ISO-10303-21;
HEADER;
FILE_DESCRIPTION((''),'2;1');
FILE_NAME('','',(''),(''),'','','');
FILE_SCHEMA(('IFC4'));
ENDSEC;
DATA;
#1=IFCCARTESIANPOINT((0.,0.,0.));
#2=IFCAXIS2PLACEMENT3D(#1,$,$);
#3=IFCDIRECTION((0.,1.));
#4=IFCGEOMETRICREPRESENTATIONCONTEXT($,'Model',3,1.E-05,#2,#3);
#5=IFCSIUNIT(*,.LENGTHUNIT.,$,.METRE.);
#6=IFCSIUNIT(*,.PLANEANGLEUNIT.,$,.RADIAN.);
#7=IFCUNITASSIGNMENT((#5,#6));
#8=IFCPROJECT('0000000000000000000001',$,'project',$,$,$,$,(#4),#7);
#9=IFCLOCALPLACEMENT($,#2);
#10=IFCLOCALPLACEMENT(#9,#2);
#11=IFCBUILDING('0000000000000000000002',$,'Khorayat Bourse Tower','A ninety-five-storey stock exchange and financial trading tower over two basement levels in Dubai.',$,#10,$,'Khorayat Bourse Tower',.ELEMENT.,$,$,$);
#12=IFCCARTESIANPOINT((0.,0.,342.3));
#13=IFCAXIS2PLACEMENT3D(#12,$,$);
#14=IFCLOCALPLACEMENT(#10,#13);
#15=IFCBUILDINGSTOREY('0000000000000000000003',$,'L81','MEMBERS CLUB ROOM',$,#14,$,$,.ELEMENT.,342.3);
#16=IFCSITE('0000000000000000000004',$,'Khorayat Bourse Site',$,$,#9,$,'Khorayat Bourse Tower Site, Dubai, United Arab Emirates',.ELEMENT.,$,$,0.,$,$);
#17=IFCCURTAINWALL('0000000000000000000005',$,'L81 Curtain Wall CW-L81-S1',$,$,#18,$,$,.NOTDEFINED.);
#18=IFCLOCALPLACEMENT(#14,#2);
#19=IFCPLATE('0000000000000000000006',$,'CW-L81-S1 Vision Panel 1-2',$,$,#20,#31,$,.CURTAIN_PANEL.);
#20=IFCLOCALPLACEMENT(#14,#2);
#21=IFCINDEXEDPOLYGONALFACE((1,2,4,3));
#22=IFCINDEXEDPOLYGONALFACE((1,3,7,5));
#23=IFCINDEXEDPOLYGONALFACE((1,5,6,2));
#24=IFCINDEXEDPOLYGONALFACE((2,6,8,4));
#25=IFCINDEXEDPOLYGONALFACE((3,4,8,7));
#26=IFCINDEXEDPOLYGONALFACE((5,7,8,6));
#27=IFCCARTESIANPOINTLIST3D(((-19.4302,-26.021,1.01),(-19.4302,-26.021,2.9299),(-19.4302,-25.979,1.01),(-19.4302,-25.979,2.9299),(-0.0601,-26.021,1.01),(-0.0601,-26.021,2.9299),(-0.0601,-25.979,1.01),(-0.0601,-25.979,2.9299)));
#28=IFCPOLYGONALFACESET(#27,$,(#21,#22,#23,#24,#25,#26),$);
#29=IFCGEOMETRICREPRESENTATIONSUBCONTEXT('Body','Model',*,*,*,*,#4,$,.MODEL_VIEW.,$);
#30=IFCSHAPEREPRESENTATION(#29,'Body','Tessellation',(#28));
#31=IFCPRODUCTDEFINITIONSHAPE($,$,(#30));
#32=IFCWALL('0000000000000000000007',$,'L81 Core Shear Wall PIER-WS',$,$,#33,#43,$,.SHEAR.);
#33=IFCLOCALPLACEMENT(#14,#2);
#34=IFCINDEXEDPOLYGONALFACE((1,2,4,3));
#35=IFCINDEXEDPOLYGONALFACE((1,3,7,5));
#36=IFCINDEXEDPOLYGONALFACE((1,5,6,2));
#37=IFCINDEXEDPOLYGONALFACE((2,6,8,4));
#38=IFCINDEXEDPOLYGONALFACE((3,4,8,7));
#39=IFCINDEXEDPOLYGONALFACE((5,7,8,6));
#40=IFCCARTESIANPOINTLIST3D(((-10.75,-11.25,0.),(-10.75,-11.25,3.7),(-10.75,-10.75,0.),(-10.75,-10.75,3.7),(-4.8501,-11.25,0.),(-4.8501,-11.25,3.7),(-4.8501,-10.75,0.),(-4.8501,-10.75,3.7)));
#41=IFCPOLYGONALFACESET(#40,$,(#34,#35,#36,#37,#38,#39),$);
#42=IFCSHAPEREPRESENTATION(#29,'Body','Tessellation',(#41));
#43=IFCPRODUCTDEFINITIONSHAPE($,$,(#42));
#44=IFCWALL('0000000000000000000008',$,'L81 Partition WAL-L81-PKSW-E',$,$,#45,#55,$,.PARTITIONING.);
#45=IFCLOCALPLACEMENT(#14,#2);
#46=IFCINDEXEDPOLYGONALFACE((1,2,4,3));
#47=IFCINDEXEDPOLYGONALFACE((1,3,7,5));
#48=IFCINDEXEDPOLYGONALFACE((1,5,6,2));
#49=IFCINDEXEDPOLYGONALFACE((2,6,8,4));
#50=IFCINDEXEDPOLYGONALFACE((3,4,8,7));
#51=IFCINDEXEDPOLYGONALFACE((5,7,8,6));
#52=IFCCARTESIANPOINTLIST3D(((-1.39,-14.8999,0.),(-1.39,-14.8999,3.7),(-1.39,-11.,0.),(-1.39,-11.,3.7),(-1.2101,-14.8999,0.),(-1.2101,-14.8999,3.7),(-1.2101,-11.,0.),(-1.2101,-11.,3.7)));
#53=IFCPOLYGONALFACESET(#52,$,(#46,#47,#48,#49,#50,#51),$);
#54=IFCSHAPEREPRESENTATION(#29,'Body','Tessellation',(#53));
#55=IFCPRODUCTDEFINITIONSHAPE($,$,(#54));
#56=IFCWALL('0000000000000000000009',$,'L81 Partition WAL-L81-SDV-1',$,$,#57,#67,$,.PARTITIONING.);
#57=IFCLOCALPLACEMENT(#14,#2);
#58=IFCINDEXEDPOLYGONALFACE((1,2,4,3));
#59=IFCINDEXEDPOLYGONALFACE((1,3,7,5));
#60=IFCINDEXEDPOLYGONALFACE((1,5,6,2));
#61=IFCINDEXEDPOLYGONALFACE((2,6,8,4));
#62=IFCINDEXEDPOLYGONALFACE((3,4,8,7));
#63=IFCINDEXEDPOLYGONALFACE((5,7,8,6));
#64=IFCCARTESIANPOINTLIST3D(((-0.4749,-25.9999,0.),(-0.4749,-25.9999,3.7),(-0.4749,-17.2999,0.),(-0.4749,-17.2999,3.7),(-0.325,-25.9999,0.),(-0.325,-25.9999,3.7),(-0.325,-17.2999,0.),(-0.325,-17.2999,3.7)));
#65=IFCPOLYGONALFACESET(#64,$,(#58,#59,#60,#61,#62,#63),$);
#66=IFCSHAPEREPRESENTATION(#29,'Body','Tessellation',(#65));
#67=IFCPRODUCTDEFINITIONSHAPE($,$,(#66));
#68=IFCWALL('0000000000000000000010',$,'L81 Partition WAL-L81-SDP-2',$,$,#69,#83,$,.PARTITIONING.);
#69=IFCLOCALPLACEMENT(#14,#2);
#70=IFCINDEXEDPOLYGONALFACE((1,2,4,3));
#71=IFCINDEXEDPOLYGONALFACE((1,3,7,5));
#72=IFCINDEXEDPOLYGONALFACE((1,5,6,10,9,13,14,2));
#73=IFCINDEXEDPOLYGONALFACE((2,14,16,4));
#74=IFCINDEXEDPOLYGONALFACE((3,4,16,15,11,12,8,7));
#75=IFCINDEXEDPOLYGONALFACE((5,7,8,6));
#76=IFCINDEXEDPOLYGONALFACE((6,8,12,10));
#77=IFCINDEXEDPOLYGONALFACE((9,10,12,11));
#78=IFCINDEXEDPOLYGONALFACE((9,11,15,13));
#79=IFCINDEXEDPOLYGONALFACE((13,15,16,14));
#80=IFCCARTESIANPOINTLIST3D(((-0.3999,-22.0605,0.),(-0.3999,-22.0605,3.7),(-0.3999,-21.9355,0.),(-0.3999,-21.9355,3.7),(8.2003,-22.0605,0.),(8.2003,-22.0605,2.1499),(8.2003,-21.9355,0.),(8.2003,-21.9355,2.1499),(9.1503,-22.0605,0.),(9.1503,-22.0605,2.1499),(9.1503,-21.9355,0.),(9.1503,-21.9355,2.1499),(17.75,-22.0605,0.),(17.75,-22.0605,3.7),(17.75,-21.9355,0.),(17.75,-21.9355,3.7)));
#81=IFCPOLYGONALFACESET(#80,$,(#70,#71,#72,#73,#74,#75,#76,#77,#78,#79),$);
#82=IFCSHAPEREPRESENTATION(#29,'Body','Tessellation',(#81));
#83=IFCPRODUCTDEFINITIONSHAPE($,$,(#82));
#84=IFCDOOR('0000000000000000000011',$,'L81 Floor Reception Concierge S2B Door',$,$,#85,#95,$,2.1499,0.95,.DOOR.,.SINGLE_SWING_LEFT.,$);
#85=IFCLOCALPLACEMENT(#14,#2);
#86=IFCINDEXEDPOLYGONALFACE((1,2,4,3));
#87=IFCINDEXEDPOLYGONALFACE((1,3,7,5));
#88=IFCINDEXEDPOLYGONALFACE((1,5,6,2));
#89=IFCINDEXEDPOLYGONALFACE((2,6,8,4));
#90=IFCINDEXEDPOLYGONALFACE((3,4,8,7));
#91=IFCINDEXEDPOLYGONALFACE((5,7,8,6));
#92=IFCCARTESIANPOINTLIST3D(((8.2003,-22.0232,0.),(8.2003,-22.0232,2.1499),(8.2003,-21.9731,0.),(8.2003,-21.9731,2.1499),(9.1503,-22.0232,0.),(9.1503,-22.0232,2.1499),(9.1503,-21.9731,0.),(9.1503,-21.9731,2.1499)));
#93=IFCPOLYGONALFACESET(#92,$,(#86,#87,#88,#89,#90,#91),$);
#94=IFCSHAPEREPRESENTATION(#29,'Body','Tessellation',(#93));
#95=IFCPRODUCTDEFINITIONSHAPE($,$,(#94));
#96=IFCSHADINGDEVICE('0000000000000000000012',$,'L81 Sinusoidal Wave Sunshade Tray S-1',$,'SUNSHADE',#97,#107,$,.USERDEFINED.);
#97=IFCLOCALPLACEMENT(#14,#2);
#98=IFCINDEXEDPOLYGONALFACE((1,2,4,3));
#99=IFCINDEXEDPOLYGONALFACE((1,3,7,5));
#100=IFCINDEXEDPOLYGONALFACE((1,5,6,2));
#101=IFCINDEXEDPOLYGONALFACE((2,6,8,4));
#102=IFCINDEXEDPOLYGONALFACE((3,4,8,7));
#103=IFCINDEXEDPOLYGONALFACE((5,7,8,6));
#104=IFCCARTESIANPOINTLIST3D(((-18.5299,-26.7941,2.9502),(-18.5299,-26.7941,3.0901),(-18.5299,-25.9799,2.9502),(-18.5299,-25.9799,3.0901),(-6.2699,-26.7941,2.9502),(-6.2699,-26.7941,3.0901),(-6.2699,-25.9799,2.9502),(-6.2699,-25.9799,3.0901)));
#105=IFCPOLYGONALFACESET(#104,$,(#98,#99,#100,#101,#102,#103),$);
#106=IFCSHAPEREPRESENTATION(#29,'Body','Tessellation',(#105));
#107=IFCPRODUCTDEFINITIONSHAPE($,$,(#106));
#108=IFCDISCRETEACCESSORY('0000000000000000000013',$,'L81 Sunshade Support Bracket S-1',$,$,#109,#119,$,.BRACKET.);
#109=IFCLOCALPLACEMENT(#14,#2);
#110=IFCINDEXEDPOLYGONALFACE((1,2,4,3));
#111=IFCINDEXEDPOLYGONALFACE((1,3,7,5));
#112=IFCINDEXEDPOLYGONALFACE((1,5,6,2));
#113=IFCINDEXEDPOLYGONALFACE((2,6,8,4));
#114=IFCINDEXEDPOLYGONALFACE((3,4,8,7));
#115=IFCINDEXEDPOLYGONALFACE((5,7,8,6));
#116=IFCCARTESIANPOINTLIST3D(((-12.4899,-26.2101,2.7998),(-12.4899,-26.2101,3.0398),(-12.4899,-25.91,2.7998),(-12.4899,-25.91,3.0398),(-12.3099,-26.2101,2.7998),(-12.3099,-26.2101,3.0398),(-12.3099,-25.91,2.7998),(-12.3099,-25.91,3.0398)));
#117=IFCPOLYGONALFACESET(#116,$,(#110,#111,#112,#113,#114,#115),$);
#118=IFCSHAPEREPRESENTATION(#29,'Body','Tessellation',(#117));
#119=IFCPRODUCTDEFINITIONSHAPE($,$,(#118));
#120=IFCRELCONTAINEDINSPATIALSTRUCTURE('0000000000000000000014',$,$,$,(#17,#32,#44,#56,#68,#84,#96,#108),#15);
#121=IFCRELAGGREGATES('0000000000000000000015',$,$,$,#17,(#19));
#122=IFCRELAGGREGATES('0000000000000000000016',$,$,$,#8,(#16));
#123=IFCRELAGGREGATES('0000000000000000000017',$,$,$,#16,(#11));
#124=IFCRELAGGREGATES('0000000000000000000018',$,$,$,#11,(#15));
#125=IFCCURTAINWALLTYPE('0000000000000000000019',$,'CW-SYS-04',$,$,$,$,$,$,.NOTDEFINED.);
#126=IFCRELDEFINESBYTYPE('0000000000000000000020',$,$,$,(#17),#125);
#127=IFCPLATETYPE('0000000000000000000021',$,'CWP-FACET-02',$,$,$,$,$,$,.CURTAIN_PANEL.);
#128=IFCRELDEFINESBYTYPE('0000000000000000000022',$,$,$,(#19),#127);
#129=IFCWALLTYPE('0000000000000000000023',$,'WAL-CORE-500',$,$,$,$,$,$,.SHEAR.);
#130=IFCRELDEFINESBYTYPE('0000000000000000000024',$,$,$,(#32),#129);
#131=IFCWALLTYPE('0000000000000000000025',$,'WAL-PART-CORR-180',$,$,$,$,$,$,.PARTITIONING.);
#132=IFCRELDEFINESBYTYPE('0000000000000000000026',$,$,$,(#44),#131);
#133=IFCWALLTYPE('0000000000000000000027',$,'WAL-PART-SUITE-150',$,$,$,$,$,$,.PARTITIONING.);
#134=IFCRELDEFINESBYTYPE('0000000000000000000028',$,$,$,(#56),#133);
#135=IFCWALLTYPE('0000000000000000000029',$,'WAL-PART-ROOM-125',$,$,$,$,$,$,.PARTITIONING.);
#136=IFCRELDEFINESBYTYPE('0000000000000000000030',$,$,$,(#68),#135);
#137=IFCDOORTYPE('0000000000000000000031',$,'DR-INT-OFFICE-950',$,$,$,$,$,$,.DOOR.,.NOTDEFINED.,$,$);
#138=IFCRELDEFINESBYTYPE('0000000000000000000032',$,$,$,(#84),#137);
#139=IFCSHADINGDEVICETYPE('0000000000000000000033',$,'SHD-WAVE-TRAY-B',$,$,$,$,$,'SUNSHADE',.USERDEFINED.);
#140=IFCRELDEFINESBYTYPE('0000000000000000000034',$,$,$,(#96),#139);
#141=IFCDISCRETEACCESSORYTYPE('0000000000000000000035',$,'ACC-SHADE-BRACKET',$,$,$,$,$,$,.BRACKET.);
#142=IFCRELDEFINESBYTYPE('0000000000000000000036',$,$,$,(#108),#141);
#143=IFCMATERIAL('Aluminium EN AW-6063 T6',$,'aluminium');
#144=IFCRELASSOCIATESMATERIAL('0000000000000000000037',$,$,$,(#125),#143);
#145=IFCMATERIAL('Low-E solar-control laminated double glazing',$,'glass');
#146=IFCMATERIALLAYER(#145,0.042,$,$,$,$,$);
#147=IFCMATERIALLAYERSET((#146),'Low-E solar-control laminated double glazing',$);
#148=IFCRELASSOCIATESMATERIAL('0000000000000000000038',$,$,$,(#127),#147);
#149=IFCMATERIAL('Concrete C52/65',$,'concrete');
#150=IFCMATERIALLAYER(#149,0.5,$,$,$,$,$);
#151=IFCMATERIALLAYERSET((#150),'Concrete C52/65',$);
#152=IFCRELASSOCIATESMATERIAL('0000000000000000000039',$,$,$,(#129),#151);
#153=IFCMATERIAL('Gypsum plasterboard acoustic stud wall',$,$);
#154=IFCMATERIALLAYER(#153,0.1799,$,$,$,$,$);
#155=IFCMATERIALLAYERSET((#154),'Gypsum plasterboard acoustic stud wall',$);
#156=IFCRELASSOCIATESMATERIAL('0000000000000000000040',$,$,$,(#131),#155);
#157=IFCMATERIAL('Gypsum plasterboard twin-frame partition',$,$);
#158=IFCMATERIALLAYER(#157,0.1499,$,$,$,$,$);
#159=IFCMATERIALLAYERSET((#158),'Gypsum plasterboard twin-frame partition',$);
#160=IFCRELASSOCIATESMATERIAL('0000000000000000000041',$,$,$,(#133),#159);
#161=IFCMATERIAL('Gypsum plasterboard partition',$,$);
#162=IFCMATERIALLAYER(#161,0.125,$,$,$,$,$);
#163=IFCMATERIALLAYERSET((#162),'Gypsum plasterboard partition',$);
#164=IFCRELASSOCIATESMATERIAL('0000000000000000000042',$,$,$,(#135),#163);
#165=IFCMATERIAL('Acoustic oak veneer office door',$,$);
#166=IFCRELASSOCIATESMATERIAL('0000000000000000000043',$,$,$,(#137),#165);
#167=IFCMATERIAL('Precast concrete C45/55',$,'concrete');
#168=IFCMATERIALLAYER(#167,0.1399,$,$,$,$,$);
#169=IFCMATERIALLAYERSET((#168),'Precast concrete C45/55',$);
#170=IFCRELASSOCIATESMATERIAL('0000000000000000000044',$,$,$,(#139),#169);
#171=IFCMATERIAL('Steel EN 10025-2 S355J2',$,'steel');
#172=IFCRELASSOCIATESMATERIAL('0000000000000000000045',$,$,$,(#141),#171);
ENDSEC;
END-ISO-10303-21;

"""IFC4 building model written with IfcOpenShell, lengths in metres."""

from ifc_helpers import new_model, si_unit, direction, frame, frame_2d, origin, origin_2d, place, context, subcontext, project, spatial, rectangle, extrude, source, transform, mapped, material, layer, layer_set, type_object, element, fill, aggregate, save


model = new_model("IFC4")

# Units and contexts
model_context = context("Model", 3, precision=1e-05, world=origin(), true_north=direction((0.0, 1.0)))
body_context = subcontext(model_context, "Body", "Model", "MODEL_VIEW")
ifc_project = project(units=[si_unit("LENGTHUNIT", "METRE"), si_unit("PLANEANGLEUNIT", "RADIAN")], contexts=[model_context])

# Site, building, storey
site_placement = place(None, origin())
site = spatial("IfcSite", under=ifc_project, at=site_placement, Name="Khorayat Bourse Site", LongName="Khorayat Bourse Tower Site, Dubai, United Arab Emirates", CompositionType="ELEMENT", RefElevation=0.0)
building_placement = place(site_placement, origin())
building = spatial("IfcBuilding", under=site, at=building_placement, Name="Khorayat Bourse Tower", Description="A ninety-five-storey stock exchange and financial trading tower over two basement levels in Dubai.", LongName="Khorayat Bourse Tower", CompositionType="ELEMENT")
storey_placement = place(building_placement, frame((0.0, 0.0, 342.3)))
storey = spatial("IfcBuildingStorey", under=building, at=storey_placement, Name="L81", Description="MEMBERS CLUB ROOM", CompositionType="ELEMENT", Elevation=342.3)

# Shared definitions
ifc_material_1 = material(Name="Concrete C52/65", Category="concrete")
ifc_material_2 = material(Name="Steel EN 10025-2 S355J2", Category="steel")

# Curtain wall
ifc_material_3 = material(Name="Aluminium EN AW-6063 T6", Category="aluminium")
curtain_wall_type = type_object("IfcCurtainWallType", Name="CW-SYS-04", PredefinedType="NOTDEFINED", material=ifc_material_3)
curtain_wall_placement = place(storey_placement, origin())
curtain_wall = element("IfcCurtainWall", 1, at=curtain_wall_placement, inside=storey, type_object=curtain_wall_type, Name="L81 Curtain Wall CW-L81-S1", PredefinedType="NOTDEFINED")

# Plate
ifc_material_4 = material(Name="Low-E solar-control laminated double glazing", Category="glass")
ifc_layer_1 = layer(ifc_material_4, 0.042)
ifc_layer_set_1 = layer_set([ifc_layer_1], Name="Low-E solar-control laminated double glazing")
plate_type_1 = type_object("IfcPlateType", Name="CWP-FACET-02", PredefinedType="CURTAIN_PANEL", material=ifc_layer_set_1)
shared_shape_1 = source(origin(), body_context, "Body", "SweptSolid", [
    extrude(rectangle(XDim=19.3701, YDim=0.042, at=origin_2d()), origin(), (0.0, 0.0, 1.0), 1.9199),
])
plate_1_placement = place(storey_placement, frame((-9.7451, -26.0, 1.01), z_axis=(0.0, 0.0, 1.0), x_axis=(1.0, 0.0, 0.0)))
plate_1 = element("IfcPlate", 2, at=plate_1_placement, type_object=plate_type_1, Name="CW-L81-S1 Vision Panel 1-2", PredefinedType="CURTAIN_PANEL", context=body_context, shape_type="MappedRepresentation", body=[
    mapped(shared_shape_1, transform((0.0, 0.0, 0.0), scale=1.0)),
])
aggregate(curtain_wall, [plate_1])

# Shared definitions
ifc_layer_2 = layer(ifc_material_1, 0.5)
ifc_layer_set_2 = layer_set([ifc_layer_2], Name="Concrete C52/65")
wall_type_1 = type_object("IfcWallType", Name="WAL-CORE-500", PredefinedType="SHEAR", material=ifc_layer_set_2)

# Walls
shared_shape_2 = source(origin(), body_context, "Body", "SweptSolid", [
    extrude(rectangle(XDim=5.8999, YDim=0.5, at=frame_2d((2.95, 0.0))), origin(), (0.0, 0.0, 1.0), 3.7),
])
wall_1_placement = place(storey_placement, frame((-10.75, -11.0, 0.0), z_axis=(0.0, 0.0, 1.0), x_axis=(1.0, 0.0, 0.0)))
element("IfcWall", 3, at=wall_1_placement, inside=storey, type_object=wall_type_1, Name="L81 Core Shear Wall PIER-WS", PredefinedType="SHEAR", context=body_context, shape_type="MappedRepresentation", body=[
    mapped(shared_shape_2, transform((0.0, 0.0, 0.0), scale=1.0)),
])
ifc_material_5 = material(Name="Gypsum plasterboard acoustic stud wall")
ifc_layer_3 = layer(ifc_material_5, 0.1799)
ifc_layer_set_3 = layer_set([ifc_layer_3], Name="Gypsum plasterboard acoustic stud wall")
wall_type_2 = type_object("IfcWallType", Name="WAL-PART-CORR-180", PredefinedType="PARTITIONING", material=ifc_layer_set_3)
shared_shape_3 = source(origin(), body_context, "Body", "SweptSolid", [
    extrude(rectangle(XDim=3.8999, YDim=0.1799, at=frame_2d((1.95, 0.0))), origin(), (0.0, 0.0, 1.0), 3.7),
])
wall_2_placement = place(storey_placement, frame((-1.3, -14.8999, 0.0), z_axis=(0.0, 0.0, 1.0), x_axis=(0.0, 1.0, 0.0)))
element("IfcWall", 4, at=wall_2_placement, inside=storey, type_object=wall_type_2, Name="L81 Partition WAL-L81-PKSW-E", PredefinedType="PARTITIONING", context=body_context, shape_type="MappedRepresentation", body=[
    mapped(shared_shape_3, transform((0.0, 0.0, 0.0), scale=1.0)),
])
ifc_material_6 = material(Name="Gypsum plasterboard twin-frame partition")
ifc_layer_4 = layer(ifc_material_6, 0.1499)
ifc_layer_set_4 = layer_set([ifc_layer_4], Name="Gypsum plasterboard twin-frame partition")
wall_type_3 = type_object("IfcWallType", Name="WAL-PART-SUITE-150", PredefinedType="PARTITIONING", material=ifc_layer_set_4)
shared_shape_4 = source(origin(), body_context, "Body", "SweptSolid", [
    extrude(rectangle(XDim=8.7, YDim=0.1499, at=frame_2d((4.3501, 0.0))), origin(), (0.0, 0.0, 1.0), 3.7),
])
wall_3_placement = place(storey_placement, frame((-0.3999, -26.0, 0.0), z_axis=(0.0, 0.0, 1.0), x_axis=(0.0, 1.0, 0.0)))
element("IfcWall", 5, at=wall_3_placement, inside=storey, type_object=wall_type_3, Name="L81 Partition WAL-L81-SDV-1", PredefinedType="PARTITIONING", context=body_context, shape_type="MappedRepresentation", body=[
    mapped(shared_shape_4, transform((0.0, 0.0, 0.0), scale=1.0)),
])

# Wall, opening, door
ifc_material_7 = material(Name="Gypsum plasterboard partition")
ifc_layer_5 = layer(ifc_material_7, 0.125)
ifc_layer_set_5 = layer_set([ifc_layer_5], Name="Gypsum plasterboard partition")
wall_type_4 = type_object("IfcWallType", Name="WAL-PART-ROOM-125", PredefinedType="PARTITIONING", material=ifc_layer_set_5)
shared_shape_5 = source(origin(), body_context, "Body", "SweptSolid", [
    extrude(rectangle(XDim=18.1499, YDim=0.125, at=frame_2d((9.075, 0.0))), origin(), (0.0, 0.0, 1.0), 3.7),
])
wall_4_placement = place(storey_placement, frame((-0.3999, -21.998, 0.0), z_axis=(0.0, 0.0, 1.0), x_axis=(1.0, 0.0, 0.0)))
wall_4 = element("IfcWall", 6, at=wall_4_placement, inside=storey, type_object=wall_type_4, Name="L81 Partition WAL-L81-SDP-2", PredefinedType="PARTITIONING", context=body_context, shape_type="MappedRepresentation", body=[
    mapped(shared_shape_5, transform((0.0, 0.0, 0.0), scale=1.0)),
])
shared_shape_6 = source(origin(), body_context, "Body", "SweptSolid", [
    extrude(rectangle(XDim=0.95, YDim=2.1499, at=frame_2d((0.4751, 1.075))), frame((0.0, 0.0725, 0.0), z_axis=(0.0, -1.0, 0.0), x_axis=(1.0, 0.0, 0.0)), (0.0, 0.0, 1.0), 0.145),
])
opening_1_placement = place(wall_4_placement, frame((8.6001, 0.0, 0.0)))
opening_1 = element("IfcOpeningElement", 7, at=opening_1_placement, cuts=wall_4, PredefinedType="OPENING", context=body_context, shape_type="MappedRepresentation", body=[
    mapped(shared_shape_6, transform((0.0, 0.0, 0.0), scale=1.0)),
])
ifc_material_8 = material(Name="Acoustic oak veneer office door")
door_type_1 = type_object("IfcDoorType", Name="DR-INT-OFFICE-950", OperationType="NOTDEFINED", PredefinedType="DOOR", material=ifc_material_8)
shared_shape_7 = source(origin(), body_context, "Body", "SweptSolid", [
    extrude(rectangle(XDim=0.95, YDim=2.1499, at=frame_2d((0.4751, 1.075))), frame((0.0, 0.0249, 0.0), z_axis=(0.0, -1.0, 0.0), x_axis=(1.0, 0.0, 0.0)), (0.0, 0.0, 1.0), 0.05),
])
door_1_placement = place(opening_1_placement, origin())
door_1 = element("IfcDoor", 8, at=door_1_placement, inside=storey, type_object=door_type_1, Name="L81 Floor Reception Concierge S2B Door", OperationType="SINGLE_SWING_LEFT", OverallHeight=2.1499, OverallWidth=0.95, PredefinedType="DOOR", context=body_context, shape_type="MappedRepresentation", body=[
    mapped(shared_shape_7, transform((0.0, 0.0, 0.0), scale=1.0)),
])
fill(opening_1, door_1)

# Shading device
ifc_material_9 = material(Name="Precast concrete C45/55", Category="concrete")
ifc_layer_6 = layer(ifc_material_9, 0.1399)
ifc_layer_set_6 = layer_set([ifc_layer_6], Name="Precast concrete C45/55")
shading_device_type = type_object("IfcShadingDeviceType", Name="SHD-WAVE-TRAY-B", ElementType="SUNSHADE", PredefinedType="USERDEFINED", material=ifc_layer_set_6)
shared_shape_8 = source(origin(), body_context, "Body", "SweptSolid", [
    extrude(rectangle(XDim=12.26, YDim=0.8142, at=origin_2d()), origin(), (0.0, 0.0, 1.0), 0.1399),
])
shading_device_placement = place(storey_placement, frame((-12.3999, -26.387, 2.9502), z_axis=(0.0, 0.0, 1.0), x_axis=(1.0, 0.0, 0.0)))
element("IfcShadingDevice", 9, at=shading_device_placement, inside=storey, type_object=shading_device_type, Name="L81 Sinusoidal Wave Sunshade Tray S-1", ObjectType="SUNSHADE", PredefinedType="USERDEFINED", context=body_context, shape_type="MappedRepresentation", body=[
    mapped(shared_shape_8, transform((0.0, 0.0, 0.0), scale=1.0)),
])

# Discrete accessory
discrete_accessory_type = type_object("IfcDiscreteAccessoryType", Name="ACC-SHADE-BRACKET", PredefinedType="BRACKET", material=ifc_material_2)
shared_shape_9 = source(origin(), body_context, "Body", "SweptSolid", [
    extrude(rectangle(XDim=0.1799, YDim=0.3, at=origin_2d()), origin(), (0.0, 0.0, 1.0), 0.24),
])
discrete_accessory_placement = place(storey_placement, frame((-12.3999, -26.0601, 2.7998), z_axis=(0.0, 0.0, 1.0), x_axis=(1.0, 0.0, 0.0)))
element("IfcDiscreteAccessory", 10, at=discrete_accessory_placement, inside=storey, type_object=discrete_accessory_type, Name="L81 Sunshade Support Bracket S-1", PredefinedType="BRACKET", context=body_context, shape_type="MappedRepresentation", body=[
    mapped(shared_shape_9, transform((0.0, 0.0, 0.0), scale=1.0)),
])

save(model, "model.ifc")
